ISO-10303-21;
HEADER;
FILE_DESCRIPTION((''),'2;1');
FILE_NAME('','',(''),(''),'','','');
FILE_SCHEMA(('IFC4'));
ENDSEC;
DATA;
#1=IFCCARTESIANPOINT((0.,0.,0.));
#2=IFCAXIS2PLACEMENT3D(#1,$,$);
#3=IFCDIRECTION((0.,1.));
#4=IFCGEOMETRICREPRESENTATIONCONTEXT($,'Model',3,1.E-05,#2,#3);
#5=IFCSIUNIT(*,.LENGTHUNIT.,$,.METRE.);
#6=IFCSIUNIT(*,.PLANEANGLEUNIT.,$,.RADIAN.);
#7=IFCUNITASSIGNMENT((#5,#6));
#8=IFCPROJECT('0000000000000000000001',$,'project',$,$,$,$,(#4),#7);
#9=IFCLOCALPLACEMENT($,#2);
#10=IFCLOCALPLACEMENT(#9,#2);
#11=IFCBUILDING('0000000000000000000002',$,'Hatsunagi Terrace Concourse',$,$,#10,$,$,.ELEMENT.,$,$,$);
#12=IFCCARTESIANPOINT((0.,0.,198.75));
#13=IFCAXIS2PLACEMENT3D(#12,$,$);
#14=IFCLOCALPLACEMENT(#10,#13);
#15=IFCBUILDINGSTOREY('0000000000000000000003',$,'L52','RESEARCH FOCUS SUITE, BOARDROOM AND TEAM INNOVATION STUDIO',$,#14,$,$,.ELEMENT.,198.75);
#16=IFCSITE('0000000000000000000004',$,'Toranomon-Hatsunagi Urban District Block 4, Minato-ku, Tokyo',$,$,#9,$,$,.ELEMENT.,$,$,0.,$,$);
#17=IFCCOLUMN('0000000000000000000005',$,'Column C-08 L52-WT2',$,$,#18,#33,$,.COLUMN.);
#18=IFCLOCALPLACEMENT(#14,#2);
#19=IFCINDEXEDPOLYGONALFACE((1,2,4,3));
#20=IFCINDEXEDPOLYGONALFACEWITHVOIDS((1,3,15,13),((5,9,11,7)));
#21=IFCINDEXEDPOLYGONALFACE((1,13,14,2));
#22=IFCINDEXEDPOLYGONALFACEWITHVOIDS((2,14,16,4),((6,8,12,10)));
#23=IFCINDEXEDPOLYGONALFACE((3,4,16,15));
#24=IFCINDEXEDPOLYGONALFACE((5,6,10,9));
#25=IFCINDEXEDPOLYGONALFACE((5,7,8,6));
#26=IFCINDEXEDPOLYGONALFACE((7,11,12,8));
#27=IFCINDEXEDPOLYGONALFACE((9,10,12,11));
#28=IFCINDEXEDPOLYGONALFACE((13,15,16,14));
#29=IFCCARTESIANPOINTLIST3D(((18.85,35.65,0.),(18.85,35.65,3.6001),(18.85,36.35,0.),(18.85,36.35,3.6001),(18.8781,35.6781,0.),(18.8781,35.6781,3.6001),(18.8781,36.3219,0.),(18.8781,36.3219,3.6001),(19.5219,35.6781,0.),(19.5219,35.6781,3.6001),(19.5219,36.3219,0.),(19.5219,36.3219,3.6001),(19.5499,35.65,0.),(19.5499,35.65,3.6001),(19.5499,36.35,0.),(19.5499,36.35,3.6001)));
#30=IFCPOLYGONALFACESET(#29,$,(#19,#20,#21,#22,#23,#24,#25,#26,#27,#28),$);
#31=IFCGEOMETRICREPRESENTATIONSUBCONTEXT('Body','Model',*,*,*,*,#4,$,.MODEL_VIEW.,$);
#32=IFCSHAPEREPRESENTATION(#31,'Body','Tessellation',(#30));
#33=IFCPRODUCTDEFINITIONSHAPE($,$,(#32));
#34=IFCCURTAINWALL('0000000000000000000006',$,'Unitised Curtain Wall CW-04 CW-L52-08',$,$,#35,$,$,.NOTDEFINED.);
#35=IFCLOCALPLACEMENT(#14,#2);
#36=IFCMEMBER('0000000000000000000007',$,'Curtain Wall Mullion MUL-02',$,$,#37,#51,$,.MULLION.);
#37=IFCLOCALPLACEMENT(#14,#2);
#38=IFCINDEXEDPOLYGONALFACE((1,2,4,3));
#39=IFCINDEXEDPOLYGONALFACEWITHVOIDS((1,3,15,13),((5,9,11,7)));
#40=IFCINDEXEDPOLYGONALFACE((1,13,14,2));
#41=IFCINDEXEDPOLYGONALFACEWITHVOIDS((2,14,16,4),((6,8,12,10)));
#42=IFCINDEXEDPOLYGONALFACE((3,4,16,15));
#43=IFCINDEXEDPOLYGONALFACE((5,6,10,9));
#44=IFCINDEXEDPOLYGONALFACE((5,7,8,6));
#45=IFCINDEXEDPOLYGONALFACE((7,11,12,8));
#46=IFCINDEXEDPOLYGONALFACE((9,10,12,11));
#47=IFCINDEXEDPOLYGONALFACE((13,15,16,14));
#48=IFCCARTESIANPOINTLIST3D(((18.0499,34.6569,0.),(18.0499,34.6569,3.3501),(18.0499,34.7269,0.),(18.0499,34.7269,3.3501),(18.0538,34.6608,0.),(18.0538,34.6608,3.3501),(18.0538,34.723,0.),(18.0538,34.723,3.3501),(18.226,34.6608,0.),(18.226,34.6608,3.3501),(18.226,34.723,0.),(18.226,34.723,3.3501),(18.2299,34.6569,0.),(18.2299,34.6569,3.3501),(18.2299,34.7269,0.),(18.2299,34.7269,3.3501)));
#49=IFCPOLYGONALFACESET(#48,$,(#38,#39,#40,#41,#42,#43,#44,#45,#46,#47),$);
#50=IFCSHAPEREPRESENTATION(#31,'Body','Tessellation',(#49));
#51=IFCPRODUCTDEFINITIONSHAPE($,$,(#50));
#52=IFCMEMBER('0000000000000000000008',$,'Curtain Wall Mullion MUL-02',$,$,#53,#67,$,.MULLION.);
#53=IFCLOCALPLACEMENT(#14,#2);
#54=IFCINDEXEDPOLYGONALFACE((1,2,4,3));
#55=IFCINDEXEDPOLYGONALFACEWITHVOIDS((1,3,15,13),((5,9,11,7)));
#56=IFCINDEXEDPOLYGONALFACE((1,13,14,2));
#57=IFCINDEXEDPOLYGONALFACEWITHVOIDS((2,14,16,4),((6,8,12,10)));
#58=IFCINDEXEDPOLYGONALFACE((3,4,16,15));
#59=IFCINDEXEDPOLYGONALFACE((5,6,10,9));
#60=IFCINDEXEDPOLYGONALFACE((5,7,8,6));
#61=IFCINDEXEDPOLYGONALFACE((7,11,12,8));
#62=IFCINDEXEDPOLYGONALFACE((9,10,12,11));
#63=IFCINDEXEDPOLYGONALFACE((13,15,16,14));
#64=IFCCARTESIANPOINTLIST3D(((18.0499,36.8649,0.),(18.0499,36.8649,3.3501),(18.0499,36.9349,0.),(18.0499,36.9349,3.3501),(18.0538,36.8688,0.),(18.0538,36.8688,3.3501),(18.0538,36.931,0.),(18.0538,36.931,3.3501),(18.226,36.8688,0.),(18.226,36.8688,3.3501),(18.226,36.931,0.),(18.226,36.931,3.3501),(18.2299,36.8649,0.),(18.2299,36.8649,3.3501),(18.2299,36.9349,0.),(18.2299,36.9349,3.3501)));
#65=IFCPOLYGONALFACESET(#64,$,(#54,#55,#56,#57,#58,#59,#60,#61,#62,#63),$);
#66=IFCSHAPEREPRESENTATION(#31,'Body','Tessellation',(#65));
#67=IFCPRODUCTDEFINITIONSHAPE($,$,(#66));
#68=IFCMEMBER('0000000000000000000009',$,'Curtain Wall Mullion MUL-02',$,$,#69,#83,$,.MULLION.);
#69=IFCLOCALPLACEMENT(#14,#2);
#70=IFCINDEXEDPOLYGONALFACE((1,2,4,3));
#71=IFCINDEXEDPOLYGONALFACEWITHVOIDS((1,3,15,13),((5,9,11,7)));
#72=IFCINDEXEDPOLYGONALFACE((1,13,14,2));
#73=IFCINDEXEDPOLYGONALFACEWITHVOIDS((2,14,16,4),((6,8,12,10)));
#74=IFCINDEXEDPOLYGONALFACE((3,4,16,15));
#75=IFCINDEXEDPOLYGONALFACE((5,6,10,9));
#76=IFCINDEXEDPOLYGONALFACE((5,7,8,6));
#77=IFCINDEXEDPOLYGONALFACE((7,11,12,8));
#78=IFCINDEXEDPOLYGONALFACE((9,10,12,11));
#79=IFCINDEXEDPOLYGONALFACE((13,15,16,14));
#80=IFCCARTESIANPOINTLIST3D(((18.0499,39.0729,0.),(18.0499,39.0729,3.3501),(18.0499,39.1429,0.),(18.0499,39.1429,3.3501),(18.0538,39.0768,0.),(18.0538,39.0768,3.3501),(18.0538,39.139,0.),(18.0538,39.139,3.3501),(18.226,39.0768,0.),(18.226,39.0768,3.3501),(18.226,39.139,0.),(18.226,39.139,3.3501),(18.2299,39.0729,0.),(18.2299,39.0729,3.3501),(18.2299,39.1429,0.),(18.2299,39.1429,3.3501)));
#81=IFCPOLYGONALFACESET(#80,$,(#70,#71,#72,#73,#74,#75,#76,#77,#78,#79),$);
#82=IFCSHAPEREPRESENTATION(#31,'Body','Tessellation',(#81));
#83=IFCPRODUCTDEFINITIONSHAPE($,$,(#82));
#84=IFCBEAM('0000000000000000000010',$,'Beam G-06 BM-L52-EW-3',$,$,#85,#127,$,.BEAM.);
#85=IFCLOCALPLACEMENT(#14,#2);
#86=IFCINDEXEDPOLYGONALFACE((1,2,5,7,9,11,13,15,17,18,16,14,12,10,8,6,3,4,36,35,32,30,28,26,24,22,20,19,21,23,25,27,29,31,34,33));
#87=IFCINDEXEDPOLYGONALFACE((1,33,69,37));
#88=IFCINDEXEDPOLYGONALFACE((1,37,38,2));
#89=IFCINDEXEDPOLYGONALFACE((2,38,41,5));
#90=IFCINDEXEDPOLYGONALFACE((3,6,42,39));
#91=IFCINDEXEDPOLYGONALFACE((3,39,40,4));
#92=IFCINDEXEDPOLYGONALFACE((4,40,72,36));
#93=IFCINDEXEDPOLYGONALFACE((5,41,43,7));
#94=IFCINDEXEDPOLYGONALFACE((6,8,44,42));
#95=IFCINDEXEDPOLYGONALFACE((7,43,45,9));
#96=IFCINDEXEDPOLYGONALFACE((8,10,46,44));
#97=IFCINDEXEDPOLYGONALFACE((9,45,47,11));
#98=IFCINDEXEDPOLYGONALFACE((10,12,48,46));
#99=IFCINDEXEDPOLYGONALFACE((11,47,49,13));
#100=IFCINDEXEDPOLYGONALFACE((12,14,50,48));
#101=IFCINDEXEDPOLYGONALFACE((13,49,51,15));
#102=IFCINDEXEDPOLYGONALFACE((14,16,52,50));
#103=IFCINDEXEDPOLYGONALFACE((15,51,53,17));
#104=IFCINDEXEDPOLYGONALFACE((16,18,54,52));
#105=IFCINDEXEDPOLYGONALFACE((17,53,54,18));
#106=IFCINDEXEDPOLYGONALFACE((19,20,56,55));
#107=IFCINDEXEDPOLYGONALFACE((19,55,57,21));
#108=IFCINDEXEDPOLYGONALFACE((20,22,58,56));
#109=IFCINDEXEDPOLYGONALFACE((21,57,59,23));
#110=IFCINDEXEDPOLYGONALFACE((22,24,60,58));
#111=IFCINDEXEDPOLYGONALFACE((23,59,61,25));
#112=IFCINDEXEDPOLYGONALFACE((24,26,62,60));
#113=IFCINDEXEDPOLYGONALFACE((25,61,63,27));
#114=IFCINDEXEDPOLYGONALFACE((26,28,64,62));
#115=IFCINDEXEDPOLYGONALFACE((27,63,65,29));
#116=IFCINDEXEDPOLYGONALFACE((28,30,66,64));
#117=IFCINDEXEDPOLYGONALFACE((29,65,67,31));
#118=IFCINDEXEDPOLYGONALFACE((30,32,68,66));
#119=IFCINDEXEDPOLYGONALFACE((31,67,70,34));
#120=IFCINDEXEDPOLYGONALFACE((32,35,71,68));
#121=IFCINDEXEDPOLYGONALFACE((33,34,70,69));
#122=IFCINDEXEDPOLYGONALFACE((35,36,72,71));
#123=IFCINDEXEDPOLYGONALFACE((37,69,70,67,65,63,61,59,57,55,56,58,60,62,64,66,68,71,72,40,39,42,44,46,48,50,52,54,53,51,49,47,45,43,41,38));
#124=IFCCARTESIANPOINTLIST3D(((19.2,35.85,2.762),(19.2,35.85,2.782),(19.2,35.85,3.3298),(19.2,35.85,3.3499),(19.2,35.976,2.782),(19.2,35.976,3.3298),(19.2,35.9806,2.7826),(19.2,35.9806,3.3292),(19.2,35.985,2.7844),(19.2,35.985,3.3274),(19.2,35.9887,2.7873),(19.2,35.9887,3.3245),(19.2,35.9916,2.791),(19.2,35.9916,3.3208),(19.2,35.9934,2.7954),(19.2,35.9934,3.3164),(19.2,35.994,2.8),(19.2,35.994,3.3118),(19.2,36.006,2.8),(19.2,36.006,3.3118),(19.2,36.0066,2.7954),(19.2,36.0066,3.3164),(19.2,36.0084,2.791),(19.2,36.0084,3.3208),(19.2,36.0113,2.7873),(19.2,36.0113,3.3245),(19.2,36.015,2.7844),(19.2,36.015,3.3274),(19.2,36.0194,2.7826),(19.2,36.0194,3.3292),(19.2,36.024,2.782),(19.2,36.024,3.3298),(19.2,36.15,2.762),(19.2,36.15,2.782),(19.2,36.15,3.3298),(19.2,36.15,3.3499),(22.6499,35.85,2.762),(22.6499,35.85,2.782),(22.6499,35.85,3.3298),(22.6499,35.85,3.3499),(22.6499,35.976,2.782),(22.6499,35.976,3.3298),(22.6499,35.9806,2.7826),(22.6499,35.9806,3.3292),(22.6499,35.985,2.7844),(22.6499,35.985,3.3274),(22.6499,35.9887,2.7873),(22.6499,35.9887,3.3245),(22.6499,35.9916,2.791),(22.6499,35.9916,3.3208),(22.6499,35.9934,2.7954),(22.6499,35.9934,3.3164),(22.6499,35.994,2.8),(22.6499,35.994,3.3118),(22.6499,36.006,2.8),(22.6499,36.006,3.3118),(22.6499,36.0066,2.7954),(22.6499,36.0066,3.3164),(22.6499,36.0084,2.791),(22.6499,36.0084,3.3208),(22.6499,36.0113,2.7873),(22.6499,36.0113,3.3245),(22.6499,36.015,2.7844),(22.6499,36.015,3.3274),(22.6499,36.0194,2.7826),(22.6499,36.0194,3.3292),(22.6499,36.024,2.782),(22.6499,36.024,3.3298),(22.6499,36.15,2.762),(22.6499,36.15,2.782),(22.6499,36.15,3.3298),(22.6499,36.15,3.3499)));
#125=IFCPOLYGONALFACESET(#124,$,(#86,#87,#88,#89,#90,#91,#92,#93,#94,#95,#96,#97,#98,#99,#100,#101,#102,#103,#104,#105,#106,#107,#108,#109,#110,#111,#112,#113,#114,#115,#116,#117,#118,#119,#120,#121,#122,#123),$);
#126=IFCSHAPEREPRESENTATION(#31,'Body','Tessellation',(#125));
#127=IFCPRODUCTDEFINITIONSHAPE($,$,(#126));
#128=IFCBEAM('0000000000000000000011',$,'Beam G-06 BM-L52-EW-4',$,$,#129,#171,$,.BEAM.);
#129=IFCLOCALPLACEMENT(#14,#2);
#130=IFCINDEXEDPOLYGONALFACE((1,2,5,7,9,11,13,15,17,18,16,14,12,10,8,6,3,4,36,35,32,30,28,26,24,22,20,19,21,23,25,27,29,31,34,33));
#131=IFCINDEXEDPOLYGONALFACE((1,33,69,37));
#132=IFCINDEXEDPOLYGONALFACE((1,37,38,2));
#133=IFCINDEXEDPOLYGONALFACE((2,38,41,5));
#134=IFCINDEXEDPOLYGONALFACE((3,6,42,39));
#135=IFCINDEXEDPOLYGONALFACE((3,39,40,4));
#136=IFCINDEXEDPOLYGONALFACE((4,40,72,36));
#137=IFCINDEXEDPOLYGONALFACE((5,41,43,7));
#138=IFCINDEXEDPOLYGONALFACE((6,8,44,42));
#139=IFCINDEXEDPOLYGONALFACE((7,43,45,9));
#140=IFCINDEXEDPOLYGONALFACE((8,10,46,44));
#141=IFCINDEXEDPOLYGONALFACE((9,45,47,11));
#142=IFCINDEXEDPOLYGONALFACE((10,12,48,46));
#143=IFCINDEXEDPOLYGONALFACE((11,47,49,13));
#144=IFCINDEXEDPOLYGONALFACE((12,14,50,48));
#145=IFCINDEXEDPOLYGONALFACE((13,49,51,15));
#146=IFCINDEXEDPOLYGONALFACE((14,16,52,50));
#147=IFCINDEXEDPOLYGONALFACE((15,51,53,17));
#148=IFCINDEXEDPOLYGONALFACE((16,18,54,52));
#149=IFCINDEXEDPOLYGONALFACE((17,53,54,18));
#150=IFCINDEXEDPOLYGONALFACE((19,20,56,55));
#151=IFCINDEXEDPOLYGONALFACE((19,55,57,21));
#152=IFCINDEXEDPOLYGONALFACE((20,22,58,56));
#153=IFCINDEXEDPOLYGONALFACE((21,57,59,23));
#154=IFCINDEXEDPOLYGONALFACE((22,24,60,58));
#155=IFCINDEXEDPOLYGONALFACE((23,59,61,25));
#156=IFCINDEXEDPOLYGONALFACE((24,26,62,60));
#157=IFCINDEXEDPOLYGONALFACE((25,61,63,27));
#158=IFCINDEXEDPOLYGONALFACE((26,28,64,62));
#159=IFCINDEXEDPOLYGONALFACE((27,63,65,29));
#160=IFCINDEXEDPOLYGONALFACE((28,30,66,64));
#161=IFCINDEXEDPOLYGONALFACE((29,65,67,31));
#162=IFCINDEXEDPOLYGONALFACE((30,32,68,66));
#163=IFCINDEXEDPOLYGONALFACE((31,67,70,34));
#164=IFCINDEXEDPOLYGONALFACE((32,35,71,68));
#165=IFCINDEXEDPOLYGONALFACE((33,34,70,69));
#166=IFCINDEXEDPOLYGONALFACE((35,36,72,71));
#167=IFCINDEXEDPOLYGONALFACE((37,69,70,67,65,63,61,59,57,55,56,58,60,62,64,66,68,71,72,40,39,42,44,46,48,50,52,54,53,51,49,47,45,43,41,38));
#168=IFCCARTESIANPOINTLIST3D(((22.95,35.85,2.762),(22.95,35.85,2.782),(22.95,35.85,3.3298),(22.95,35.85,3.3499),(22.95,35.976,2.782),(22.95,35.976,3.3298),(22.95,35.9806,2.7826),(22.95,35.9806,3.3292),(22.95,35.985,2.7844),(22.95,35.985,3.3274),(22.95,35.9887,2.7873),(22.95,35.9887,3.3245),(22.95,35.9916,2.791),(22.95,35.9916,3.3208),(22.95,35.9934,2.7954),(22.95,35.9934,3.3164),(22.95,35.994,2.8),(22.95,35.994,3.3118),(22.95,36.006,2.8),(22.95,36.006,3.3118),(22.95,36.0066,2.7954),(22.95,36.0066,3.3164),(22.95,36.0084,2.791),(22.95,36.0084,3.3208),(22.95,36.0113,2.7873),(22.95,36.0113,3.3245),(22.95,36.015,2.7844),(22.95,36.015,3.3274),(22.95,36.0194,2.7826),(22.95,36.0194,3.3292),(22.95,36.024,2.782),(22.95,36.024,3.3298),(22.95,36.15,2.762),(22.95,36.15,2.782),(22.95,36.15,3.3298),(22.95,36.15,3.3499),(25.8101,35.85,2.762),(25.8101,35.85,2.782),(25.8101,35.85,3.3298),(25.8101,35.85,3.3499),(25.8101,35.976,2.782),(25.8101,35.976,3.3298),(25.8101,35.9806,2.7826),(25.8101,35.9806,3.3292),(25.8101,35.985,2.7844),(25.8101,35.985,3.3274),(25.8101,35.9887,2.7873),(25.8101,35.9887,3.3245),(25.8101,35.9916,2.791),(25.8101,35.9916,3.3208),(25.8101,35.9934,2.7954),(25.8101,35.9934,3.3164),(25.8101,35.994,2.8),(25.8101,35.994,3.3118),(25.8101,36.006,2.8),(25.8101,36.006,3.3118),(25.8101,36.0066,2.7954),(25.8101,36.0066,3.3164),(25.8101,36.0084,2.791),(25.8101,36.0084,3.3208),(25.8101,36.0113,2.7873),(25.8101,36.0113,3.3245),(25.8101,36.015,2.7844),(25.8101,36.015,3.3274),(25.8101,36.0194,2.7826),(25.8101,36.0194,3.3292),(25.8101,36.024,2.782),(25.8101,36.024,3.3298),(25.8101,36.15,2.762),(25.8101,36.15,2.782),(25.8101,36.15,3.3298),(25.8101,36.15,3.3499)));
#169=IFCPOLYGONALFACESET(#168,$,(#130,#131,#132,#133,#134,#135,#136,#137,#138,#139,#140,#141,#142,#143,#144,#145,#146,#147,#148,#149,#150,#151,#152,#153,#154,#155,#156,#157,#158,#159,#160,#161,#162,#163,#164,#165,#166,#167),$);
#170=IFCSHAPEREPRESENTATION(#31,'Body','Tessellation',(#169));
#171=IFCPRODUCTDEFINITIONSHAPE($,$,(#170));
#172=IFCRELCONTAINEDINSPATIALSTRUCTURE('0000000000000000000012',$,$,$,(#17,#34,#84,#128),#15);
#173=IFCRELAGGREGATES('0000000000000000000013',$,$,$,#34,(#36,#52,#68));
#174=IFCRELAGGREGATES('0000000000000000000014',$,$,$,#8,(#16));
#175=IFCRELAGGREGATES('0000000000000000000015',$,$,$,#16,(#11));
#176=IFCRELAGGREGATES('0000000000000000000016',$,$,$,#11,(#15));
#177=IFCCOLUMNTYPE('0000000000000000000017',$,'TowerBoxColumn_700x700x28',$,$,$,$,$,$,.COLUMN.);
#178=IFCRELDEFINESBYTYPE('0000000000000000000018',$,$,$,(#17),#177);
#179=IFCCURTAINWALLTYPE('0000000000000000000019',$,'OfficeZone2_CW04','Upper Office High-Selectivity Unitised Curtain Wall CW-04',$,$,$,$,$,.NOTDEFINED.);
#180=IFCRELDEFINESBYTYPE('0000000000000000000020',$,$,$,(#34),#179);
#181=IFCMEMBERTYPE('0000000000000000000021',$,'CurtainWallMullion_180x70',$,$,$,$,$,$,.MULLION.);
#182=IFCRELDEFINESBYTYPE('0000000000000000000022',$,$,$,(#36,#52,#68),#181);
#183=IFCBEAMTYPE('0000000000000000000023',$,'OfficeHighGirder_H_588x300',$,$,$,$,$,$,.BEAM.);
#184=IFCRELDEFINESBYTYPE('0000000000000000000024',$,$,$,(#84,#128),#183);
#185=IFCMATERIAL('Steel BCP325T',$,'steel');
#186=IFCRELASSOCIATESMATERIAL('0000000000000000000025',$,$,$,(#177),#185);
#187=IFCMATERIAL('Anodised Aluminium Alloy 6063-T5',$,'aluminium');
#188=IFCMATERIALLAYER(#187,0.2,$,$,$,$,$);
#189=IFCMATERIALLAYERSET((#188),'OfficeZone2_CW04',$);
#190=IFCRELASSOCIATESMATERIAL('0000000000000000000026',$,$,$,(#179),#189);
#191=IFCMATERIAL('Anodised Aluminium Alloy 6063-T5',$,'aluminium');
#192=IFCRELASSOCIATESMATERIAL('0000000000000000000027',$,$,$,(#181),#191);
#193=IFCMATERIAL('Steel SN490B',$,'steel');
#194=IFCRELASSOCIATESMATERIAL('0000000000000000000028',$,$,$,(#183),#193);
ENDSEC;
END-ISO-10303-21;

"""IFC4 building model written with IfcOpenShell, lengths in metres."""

from ifc_helpers import new_model, si_unit, direction, frame, origin, origin_2d, place, context, subcontext, project, spatial, hollow_rectangle, i_section, extrude, material, layer, layer_set, material_profile, profile_set, type_object, element, aggregate, save


model = new_model("IFC4")

# Units and contexts
model_context = context("Model", 3, precision=1e-05, world=origin(), true_north=direction((0.0, 1.0)))
body_context = subcontext(model_context, "Body", "Model", "MODEL_VIEW")
ifc_project = project(units=[si_unit("LENGTHUNIT", "METRE"), si_unit("PLANEANGLEUNIT", "RADIAN")], contexts=[model_context])

# Site, building, storey
site_placement = place(None, origin())
site = spatial("IfcSite", under=ifc_project, at=site_placement, Name="Toranomon-Hatsunagi Urban District Block 4, Minato-ku, Tokyo", CompositionType="ELEMENT", RefElevation=0.0)
building_placement = place(site_placement, origin())
building = spatial("IfcBuilding", under=site, at=building_placement, Name="Hatsunagi Terrace Concourse", CompositionType="ELEMENT")
storey_placement = place(building_placement, frame((0.0, 0.0, 198.75)))
storey = spatial("IfcBuildingStorey", under=building, at=storey_placement, Name="L52", Description="RESEARCH FOCUS SUITE, BOARDROOM AND TEAM INNOVATION STUDIO", CompositionType="ELEMENT", Elevation=198.75)

# Column
ifc_material_1 = material(Name="Steel BCP325T", Category="steel")
ifc_material_profile_1 = material_profile(ifc_material_1, hollow_rectangle(XDim=0.7, YDim=0.7, WallThickness=0.0281, at=origin_2d()), Name="BCP-700x700x28")
ifc_profile_set_1 = profile_set([ifc_material_profile_1], Name="Steel BCP325T")
column_type = type_object("IfcColumnType", Name="TowerBoxColumn_700x700x28", PredefinedType="COLUMN", material=ifc_profile_set_1)
column_placement = place(storey_placement, frame((19.2, 36.0, 0.0), z_axis=(0.0, 0.0, 1.0), x_axis=(1.0, 0.0, 0.0)))
element("IfcColumn", 1, at=column_placement, inside=storey, type_object=column_type, Name="Column C-08 L52-WT2", PredefinedType="COLUMN", context=body_context, shape_type="SweptSolid", body=[
    extrude(hollow_rectangle(XDim=0.7, YDim=0.7, WallThickness=0.0281, at=origin_2d()), origin(), (0.0, 0.0, 1.0), 3.6001),
])

# Curtain wall, members
ifc_material_2 = material(Name="Anodised Aluminium Alloy 6063-T5", Category="aluminium")
ifc_layer_1 = layer(ifc_material_2, 0.2)
ifc_layer_set_1 = layer_set([ifc_layer_1], Name="OfficeZone2_CW04")
curtain_wall_type = type_object("IfcCurtainWallType", Name="OfficeZone2_CW04", Description="Upper Office High-Selectivity Unitised Curtain Wall CW-04", PredefinedType="NOTDEFINED", material=ifc_layer_set_1)
curtain_wall_placement = place(storey_placement, origin())
curtain_wall = element("IfcCurtainWall", 2, at=curtain_wall_placement, inside=storey, type_object=curtain_wall_type, Name="Unitised Curtain Wall CW-04 CW-L52-08", PredefinedType="NOTDEFINED")
ifc_material_3 = material(Name="Anodised Aluminium Alloy 6063-T5", Category="aluminium")
ifc_material_profile_2 = material_profile(ifc_material_3, hollow_rectangle(XDim=0.0701, YDim=0.1799, WallThickness=0.0039, at=origin_2d()), Name="ALU-MUL-180x70x4")
ifc_profile_set_2 = profile_set([ifc_material_profile_2], Name="Anodised Aluminium Alloy 6063-T5")
member_type = type_object("IfcMemberType", Name="CurtainWallMullion_180x70", PredefinedType="MULLION", material=ifc_profile_set_2)
member_1_placement = place(storey_placement, frame((18.1399, 34.6919, 0.0), z_axis=(0.0, 0.0, 1.0), x_axis=(0.0, 1.0, 0.0)))
member_1 = element("IfcMember", 3, at=member_1_placement, type_object=member_type, Name="Curtain Wall Mullion MUL-02", PredefinedType="MULLION", context=body_context, shape_type="SweptSolid", body=[
    extrude(hollow_rectangle(XDim=0.0701, YDim=0.1799, WallThickness=0.0039, at=origin_2d()), origin(), (0.0, 0.0, 1.0), 3.3501),
])
member_2_placement = place(storey_placement, frame((18.1399, 36.8999, 0.0), z_axis=(0.0, 0.0, 1.0), x_axis=(0.0, 1.0, 0.0)))
member_2 = element("IfcMember", 4, at=member_2_placement, type_object=member_type, Name="Curtain Wall Mullion MUL-02", PredefinedType="MULLION", context=body_context, shape_type="SweptSolid", body=[
    extrude(hollow_rectangle(XDim=0.0701, YDim=0.1799, WallThickness=0.0039, at=origin_2d()), origin(), (0.0, 0.0, 1.0), 3.3501),
])
member_3_placement = place(storey_placement, frame((18.1399, 39.1079, 0.0), z_axis=(0.0, 0.0, 1.0), x_axis=(0.0, 1.0, 0.0)))
member_3 = element("IfcMember", 5, at=member_3_placement, type_object=member_type, Name="Curtain Wall Mullion MUL-02", PredefinedType="MULLION", context=body_context, shape_type="SweptSolid", body=[
    extrude(hollow_rectangle(XDim=0.0701, YDim=0.1799, WallThickness=0.0039, at=origin_2d()), origin(), (0.0, 0.0, 1.0), 3.3501),
])

# Beams
ifc_material_4 = material(Name="Steel SN490B", Category="steel")
ifc_material_profile_3 = material_profile(ifc_material_4, i_section(OverallWidth=0.3, OverallDepth=0.5879, WebThickness=0.012, FlangeThickness=0.02, FilletRadius=0.0181, at=origin_2d()), Name="H-588x300x12x20")
ifc_profile_set_3 = profile_set([ifc_material_profile_3], Name="Steel SN490B")
beam_type_1 = type_object("IfcBeamType", Name="OfficeHighGirder_H_588x300", PredefinedType="BEAM", material=ifc_profile_set_3)
beam_1_placement = place(storey_placement, frame((19.2, 36.0, 3.0559), z_axis=(1.0, 0.0, 0.0), x_axis=(0.0, 1.0, 0.0)))
element("IfcBeam", 6, at=beam_1_placement, inside=storey, type_object=beam_type_1, Name="Beam G-06 BM-L52-EW-3", PredefinedType="BEAM", context=body_context, shape_type="SweptSolid", body=[
    extrude(i_section(OverallWidth=0.3, OverallDepth=0.5879, WebThickness=0.012, FlangeThickness=0.02, FilletRadius=0.0181, at=origin_2d()), origin(), (0.0, 0.0, 1.0), 3.45),
])
beam_2_placement = place(storey_placement, frame((22.95, 36.0, 3.0559), z_axis=(1.0, 0.0, 0.0), x_axis=(0.0, 1.0, 0.0)))
element("IfcBeam", 7, at=beam_2_placement, inside=storey, type_object=beam_type_1, Name="Beam G-06 BM-L52-EW-4", PredefinedType="BEAM", context=body_context, shape_type="SweptSolid", body=[
    extrude(i_section(OverallWidth=0.3, OverallDepth=0.5879, WebThickness=0.012, FlangeThickness=0.02, FilletRadius=0.0181, at=origin_2d()), origin(), (0.0, 0.0, 1.0), 2.8601),
])

aggregate(curtain_wall, [member_1, member_2, member_3])

save(model, "model.ifc")
